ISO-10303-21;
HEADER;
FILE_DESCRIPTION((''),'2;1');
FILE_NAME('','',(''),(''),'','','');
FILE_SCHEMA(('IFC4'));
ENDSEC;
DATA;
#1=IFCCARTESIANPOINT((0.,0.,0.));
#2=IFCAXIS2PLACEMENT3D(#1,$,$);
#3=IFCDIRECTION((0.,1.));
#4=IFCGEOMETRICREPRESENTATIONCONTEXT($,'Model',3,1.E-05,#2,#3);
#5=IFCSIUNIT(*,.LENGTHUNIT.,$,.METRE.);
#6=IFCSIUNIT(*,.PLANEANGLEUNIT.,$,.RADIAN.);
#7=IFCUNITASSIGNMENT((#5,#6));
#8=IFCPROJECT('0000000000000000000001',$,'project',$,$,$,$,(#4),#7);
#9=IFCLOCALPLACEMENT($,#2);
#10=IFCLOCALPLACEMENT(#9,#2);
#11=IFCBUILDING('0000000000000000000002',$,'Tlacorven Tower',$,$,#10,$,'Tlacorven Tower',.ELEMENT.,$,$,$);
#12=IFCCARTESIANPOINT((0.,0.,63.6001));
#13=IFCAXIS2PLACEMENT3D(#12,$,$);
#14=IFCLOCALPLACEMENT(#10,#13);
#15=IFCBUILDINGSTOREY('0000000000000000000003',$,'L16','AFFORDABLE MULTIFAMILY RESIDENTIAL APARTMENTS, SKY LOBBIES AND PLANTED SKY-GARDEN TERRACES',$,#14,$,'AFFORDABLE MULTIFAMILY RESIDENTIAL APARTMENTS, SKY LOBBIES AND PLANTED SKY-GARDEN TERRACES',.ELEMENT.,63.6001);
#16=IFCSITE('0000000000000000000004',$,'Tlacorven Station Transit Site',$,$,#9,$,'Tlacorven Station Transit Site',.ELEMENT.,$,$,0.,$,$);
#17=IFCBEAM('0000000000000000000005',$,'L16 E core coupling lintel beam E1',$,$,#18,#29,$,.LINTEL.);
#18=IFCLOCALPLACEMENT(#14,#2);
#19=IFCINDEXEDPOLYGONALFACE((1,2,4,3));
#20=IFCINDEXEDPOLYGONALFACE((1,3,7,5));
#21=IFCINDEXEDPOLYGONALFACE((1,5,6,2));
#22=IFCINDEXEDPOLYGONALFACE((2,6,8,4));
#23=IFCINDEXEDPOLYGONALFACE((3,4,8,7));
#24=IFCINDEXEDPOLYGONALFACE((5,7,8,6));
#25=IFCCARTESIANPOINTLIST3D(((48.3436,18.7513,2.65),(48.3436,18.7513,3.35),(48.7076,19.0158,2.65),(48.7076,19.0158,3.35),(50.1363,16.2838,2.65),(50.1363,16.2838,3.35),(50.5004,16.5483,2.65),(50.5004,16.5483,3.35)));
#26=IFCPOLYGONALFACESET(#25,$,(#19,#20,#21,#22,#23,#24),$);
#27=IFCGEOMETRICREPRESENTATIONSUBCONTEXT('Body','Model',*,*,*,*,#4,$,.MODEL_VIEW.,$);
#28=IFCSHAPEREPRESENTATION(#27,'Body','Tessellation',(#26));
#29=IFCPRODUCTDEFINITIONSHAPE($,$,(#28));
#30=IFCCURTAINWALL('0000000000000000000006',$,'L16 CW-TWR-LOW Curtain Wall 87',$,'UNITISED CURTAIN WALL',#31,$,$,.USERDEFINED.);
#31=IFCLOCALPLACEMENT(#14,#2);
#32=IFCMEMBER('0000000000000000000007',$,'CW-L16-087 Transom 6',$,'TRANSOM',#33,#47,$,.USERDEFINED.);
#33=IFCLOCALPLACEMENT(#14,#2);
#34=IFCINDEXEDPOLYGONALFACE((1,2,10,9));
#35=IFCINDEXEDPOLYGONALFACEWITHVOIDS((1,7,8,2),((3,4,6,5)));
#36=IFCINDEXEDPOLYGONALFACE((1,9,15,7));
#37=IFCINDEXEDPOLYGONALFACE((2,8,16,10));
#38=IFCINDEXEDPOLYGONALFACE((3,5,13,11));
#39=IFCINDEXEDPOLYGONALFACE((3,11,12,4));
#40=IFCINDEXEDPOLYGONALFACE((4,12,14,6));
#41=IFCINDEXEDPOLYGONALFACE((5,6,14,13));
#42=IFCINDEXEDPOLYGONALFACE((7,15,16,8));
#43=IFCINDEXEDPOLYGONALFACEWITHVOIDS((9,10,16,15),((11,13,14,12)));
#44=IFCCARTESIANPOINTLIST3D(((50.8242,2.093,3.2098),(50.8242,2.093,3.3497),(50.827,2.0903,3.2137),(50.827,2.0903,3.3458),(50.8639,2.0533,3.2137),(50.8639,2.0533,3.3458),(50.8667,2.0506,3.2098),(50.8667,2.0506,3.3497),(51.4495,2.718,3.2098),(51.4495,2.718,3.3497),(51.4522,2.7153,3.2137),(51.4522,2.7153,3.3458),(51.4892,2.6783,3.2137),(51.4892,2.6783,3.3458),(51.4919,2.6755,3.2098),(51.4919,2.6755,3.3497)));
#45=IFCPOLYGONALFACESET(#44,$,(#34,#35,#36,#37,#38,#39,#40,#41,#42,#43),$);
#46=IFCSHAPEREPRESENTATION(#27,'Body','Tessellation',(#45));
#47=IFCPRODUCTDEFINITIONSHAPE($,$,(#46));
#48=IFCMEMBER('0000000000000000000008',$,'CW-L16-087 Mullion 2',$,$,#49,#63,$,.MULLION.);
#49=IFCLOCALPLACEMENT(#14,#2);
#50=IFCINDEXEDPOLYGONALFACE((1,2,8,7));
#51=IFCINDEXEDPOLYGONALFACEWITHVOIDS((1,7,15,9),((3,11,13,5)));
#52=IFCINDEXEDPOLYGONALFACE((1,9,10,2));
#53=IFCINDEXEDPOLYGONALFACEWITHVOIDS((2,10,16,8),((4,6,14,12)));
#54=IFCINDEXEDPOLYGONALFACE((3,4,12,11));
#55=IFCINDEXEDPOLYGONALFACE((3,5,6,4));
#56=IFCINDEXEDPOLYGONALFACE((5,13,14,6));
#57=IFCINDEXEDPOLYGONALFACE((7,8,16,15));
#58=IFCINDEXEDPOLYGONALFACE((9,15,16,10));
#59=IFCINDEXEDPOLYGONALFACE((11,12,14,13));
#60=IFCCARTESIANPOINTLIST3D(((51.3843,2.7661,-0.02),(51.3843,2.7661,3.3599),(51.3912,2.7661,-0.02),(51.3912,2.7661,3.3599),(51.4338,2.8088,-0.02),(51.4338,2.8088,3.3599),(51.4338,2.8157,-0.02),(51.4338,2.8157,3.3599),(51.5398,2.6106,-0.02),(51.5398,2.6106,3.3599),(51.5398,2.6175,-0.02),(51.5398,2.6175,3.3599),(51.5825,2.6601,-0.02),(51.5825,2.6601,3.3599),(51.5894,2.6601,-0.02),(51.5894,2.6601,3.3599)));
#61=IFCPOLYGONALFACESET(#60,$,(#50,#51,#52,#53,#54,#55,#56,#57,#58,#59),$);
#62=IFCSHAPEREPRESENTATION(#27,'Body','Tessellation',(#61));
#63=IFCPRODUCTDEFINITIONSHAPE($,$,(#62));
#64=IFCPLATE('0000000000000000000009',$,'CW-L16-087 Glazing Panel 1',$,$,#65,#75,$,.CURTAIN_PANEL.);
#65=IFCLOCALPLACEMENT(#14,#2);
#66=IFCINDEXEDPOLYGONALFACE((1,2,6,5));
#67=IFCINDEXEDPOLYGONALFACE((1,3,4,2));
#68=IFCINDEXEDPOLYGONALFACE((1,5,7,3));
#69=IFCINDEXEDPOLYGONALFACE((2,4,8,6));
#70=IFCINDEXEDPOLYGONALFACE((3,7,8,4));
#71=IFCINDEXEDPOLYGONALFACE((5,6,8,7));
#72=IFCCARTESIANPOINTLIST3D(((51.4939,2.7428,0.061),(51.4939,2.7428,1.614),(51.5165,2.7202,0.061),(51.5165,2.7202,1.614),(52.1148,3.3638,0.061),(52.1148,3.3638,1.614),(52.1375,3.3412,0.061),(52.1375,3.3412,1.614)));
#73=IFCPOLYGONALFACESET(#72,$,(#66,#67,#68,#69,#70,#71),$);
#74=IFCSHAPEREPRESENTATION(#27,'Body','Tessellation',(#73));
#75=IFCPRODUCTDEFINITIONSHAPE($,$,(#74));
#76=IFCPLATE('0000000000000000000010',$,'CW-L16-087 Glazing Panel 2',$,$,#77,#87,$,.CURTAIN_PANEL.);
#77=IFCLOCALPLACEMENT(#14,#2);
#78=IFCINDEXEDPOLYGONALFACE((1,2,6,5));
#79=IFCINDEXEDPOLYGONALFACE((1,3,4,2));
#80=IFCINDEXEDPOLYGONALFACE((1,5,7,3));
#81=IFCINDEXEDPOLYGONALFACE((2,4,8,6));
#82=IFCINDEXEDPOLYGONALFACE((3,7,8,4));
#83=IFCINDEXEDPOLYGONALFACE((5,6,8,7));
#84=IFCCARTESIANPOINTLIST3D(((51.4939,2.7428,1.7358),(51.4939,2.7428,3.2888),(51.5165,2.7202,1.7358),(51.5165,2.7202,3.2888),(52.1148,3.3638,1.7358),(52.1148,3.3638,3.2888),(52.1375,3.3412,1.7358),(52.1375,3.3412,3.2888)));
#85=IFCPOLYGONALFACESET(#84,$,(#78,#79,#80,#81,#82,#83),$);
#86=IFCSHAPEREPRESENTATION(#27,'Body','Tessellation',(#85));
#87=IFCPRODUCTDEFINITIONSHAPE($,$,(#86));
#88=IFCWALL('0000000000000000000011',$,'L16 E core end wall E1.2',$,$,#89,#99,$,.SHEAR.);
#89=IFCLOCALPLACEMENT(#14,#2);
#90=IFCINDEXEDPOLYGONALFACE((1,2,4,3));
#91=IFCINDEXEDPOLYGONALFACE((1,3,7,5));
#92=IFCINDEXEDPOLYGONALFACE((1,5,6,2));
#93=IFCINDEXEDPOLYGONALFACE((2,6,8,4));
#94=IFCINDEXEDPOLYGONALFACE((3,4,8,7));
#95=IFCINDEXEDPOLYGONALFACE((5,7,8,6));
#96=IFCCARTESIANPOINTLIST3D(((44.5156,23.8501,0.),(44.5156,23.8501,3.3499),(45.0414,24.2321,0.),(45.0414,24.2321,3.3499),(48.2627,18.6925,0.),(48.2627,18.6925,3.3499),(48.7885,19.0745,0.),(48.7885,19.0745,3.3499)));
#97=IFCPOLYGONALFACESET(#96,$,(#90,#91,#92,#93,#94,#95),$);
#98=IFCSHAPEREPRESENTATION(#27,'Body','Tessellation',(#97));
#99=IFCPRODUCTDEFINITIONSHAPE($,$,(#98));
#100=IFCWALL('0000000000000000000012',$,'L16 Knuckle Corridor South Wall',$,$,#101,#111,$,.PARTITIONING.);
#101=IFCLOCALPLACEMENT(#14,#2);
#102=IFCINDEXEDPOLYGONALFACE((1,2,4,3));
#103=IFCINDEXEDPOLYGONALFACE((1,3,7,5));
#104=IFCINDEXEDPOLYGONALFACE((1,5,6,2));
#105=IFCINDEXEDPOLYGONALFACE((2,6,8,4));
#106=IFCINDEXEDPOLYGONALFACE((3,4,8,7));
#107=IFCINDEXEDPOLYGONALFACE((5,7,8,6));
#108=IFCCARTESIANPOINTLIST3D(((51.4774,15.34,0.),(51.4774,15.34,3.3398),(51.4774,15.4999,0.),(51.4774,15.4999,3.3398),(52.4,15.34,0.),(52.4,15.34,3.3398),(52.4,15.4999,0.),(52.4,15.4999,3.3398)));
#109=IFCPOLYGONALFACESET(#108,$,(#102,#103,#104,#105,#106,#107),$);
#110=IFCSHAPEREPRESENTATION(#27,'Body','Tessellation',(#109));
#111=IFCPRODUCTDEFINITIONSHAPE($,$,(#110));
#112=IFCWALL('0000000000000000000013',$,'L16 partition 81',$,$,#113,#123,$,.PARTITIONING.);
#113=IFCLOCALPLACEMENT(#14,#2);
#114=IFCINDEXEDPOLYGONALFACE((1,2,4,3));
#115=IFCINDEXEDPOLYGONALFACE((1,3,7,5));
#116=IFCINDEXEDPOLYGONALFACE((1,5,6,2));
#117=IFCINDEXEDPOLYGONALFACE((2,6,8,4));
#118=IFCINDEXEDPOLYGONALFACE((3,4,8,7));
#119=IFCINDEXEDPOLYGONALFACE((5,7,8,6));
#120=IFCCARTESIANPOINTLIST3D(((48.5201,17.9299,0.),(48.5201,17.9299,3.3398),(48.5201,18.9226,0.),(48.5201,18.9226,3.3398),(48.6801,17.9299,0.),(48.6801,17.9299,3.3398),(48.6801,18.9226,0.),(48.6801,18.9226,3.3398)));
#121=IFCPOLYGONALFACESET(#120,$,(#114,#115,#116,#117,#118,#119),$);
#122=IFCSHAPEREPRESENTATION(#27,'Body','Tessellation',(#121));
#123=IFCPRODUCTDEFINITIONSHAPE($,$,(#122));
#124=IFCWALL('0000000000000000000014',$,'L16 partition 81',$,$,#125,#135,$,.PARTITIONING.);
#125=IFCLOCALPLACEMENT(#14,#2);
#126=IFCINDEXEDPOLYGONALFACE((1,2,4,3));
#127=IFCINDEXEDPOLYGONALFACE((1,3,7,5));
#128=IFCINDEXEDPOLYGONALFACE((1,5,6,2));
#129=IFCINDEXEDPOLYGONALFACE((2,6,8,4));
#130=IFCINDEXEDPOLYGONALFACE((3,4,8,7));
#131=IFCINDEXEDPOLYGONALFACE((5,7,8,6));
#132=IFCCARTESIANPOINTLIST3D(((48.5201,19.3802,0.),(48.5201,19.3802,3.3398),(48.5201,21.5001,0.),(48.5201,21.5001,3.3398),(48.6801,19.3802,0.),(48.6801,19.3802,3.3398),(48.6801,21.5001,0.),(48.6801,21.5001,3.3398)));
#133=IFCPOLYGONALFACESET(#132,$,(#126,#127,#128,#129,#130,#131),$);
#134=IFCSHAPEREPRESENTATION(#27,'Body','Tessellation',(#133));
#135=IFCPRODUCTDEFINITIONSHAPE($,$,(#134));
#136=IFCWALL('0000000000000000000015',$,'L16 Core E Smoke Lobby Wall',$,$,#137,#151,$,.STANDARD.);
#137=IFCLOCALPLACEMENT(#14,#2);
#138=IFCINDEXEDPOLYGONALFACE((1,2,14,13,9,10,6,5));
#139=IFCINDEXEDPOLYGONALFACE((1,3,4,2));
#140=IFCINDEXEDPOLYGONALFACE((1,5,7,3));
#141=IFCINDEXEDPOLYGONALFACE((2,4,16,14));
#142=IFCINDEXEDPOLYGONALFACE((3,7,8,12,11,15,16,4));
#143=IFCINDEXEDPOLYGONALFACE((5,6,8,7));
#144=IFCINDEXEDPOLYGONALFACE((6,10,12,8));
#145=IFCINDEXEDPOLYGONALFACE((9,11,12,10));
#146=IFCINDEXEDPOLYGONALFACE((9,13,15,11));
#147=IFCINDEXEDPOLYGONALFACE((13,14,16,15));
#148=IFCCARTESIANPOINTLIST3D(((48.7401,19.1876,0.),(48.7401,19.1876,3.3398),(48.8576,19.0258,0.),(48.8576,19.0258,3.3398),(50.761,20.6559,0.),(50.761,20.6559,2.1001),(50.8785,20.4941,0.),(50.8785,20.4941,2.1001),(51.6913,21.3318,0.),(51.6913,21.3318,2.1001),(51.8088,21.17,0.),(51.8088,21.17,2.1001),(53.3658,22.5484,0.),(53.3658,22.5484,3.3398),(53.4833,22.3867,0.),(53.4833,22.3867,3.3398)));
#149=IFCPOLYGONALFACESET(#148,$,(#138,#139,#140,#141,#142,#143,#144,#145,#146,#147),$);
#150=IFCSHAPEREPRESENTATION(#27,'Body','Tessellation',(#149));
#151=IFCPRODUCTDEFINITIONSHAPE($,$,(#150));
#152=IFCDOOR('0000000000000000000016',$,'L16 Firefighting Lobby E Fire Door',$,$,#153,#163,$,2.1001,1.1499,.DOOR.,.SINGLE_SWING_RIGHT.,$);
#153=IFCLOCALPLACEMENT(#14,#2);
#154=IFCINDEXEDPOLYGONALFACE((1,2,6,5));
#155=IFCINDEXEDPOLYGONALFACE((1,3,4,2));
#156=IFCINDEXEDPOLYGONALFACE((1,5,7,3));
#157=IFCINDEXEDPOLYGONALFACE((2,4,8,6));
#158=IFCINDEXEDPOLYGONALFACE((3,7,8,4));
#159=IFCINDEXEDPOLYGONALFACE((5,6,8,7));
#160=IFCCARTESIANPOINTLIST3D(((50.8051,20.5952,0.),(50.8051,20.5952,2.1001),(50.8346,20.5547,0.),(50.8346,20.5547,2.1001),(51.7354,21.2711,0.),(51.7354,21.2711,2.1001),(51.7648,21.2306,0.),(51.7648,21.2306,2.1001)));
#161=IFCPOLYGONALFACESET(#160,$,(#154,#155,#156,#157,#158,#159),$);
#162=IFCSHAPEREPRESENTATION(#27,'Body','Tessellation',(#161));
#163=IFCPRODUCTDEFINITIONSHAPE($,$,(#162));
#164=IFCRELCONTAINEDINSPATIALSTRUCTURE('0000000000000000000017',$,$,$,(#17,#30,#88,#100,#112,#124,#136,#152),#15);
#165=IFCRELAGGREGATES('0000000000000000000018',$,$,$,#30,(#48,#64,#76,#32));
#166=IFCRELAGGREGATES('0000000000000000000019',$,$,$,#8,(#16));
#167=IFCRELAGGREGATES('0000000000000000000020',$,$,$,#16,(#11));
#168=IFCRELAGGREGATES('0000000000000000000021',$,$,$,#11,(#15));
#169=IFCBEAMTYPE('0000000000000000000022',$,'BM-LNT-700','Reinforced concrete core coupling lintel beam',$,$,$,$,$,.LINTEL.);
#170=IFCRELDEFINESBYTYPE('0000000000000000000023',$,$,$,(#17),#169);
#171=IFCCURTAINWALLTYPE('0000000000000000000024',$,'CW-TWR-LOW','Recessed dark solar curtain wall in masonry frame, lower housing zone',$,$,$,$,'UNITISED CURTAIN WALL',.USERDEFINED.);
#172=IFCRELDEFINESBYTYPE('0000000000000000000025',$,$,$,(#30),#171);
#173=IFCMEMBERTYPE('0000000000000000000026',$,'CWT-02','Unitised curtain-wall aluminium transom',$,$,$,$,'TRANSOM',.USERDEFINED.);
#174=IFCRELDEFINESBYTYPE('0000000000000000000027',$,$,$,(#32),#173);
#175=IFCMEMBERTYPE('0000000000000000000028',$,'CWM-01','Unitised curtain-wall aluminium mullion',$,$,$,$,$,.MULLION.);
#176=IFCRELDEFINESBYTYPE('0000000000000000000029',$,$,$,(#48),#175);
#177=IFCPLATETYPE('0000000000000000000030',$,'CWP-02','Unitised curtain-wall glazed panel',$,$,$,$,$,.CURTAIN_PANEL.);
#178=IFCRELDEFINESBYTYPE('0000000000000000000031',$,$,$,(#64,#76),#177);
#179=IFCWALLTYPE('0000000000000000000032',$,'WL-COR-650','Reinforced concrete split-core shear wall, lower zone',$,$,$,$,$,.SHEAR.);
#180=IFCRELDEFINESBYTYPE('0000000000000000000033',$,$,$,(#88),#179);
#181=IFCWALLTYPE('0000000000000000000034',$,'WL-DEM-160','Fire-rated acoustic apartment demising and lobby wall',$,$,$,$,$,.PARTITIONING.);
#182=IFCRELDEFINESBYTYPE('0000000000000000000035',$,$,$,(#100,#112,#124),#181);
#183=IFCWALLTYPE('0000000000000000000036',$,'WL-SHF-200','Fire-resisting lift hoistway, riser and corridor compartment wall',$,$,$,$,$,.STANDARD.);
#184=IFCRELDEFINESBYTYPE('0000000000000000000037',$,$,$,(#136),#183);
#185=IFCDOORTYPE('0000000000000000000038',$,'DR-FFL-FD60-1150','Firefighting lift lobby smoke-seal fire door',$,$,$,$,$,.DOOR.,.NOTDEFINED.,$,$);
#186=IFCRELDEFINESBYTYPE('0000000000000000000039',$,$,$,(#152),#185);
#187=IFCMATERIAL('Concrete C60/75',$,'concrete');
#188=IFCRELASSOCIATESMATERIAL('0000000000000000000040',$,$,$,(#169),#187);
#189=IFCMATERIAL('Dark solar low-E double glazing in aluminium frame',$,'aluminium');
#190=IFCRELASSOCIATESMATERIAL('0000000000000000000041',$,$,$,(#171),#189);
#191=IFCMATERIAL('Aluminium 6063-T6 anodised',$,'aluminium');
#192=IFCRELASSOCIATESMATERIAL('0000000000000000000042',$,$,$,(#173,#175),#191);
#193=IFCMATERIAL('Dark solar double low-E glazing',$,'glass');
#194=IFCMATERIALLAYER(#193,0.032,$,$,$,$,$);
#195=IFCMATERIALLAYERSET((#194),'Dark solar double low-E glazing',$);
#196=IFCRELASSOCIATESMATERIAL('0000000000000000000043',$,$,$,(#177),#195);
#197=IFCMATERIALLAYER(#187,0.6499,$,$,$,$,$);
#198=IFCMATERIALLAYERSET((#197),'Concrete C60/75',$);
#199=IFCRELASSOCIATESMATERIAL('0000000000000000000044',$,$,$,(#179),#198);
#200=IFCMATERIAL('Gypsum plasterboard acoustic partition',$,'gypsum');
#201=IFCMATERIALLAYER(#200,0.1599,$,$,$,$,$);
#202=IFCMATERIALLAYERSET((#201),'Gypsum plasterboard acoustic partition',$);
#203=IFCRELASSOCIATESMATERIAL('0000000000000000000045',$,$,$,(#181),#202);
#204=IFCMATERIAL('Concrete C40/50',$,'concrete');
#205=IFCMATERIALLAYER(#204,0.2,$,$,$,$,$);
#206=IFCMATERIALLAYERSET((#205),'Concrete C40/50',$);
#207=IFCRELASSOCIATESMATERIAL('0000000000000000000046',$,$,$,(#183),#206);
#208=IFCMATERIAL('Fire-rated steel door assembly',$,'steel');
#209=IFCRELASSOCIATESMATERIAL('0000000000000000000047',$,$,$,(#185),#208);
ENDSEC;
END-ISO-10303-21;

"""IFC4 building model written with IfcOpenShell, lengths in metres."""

from ifc_helpers import new_model, si_unit, direction, frame, frame_2d, origin, origin_2d, place, context, subcontext, project, spatial, rectangle, hollow_rectangle, extrude, source, transform, mapped, material, layer, layer_set, material_profile, profile_set, type_object, element, fill, aggregate, save


model = new_model("IFC4")

# Units and contexts
model_context = context("Model", 3, precision=1e-05, world=origin(), true_north=direction((0.0, 1.0)))
body_context = subcontext(model_context, "Body", "Model", "MODEL_VIEW")
ifc_project = project(units=[si_unit("LENGTHUNIT", "METRE"), si_unit("PLANEANGLEUNIT", "RADIAN")], contexts=[model_context])

# Site, building, storey
site_placement = place(None, origin())
site = spatial("IfcSite", under=ifc_project, at=site_placement, Name="Tlacorven Station Transit Site", LongName="Tlacorven Station Transit Site", CompositionType="ELEMENT", RefElevation=0.0)
building_placement = place(site_placement, origin())
building = spatial("IfcBuilding", under=site, at=building_placement, Name="Tlacorven Tower", LongName="Tlacorven Tower", CompositionType="ELEMENT")
storey_placement = place(building_placement, frame((0.0, 0.0, 63.6001)))
storey = spatial("IfcBuildingStorey", under=building, at=storey_placement, Name="L16", Description="AFFORDABLE MULTIFAMILY RESIDENTIAL APARTMENTS, SKY LOBBIES AND PLANTED SKY-GARDEN TERRACES", LongName="AFFORDABLE MULTIFAMILY RESIDENTIAL APARTMENTS, SKY LOBBIES AND PLANTED SKY-GARDEN TERRACES", CompositionType="ELEMENT", Elevation=63.6001)

# Beam
ifc_material_1 = material(Name="Concrete C60/75", Category="concrete")
ifc_material_profile_1 = material_profile(ifc_material_1, rectangle(XDim=0.45, YDim=0.7, at=origin_2d()), Name="RC 450X700")
ifc_profile_set_1 = profile_set([ifc_material_profile_1], Name="Concrete C60/75")
beam_type = type_object("IfcBeamType", Name="BM-LNT-700", Description="Reinforced concrete core coupling lintel beam", PredefinedType="LINTEL", material=ifc_profile_set_1)
shared_shape_1 = source(origin(), body_context, "Body", "SweptSolid", [
    extrude(rectangle(XDim=0.45, YDim=0.7, at=origin_2d()), origin(), (0.0, 0.0, 1.0), 3.05),
])
beam_placement = place(storey_placement, frame((50.3184, 16.416, 3.0), z_axis=(-0.587777, 0.809023, 0.0), x_axis=(-0.809023, -0.587777, 0.0)))
element("IfcBeam", 1, at=beam_placement, inside=storey, type_object=beam_type, Name="L16 E core coupling lintel beam E1", PredefinedType="LINTEL", context=body_context, shape_type="MappedRepresentation", body=[
    mapped(shared_shape_1, transform((0.0, 0.0, 0.0), scale=1.0)),
])

# Curtain wall, members, plates
ifc_material_2 = material(Name="Dark solar low-E double glazing in aluminium frame", Category="aluminium")
curtain_wall_type = type_object("IfcCurtainWallType", Name="CW-TWR-LOW", Description="Recessed dark solar curtain wall in masonry frame, lower housing zone", ElementType="UNITISED CURTAIN WALL", PredefinedType="USERDEFINED", material=ifc_material_2)
curtain_wall_placement = place(storey_placement, origin())
curtain_wall = element("IfcCurtainWall", 2, at=curtain_wall_placement, inside=storey, type_object=curtain_wall_type, Name="L16 CW-TWR-LOW Curtain Wall 87", ObjectType="UNITISED CURTAIN WALL", PredefinedType="USERDEFINED")
ifc_material_3 = material(Name="Aluminium 6063-T6 anodised", Category="aluminium")
ifc_material_profile_2 = material_profile(ifc_material_3, hollow_rectangle(XDim=0.0601, YDim=0.1399, WallThickness=0.0039, at=origin_2d()), Name="ALU TRANSOM 60X140")
ifc_profile_set_2 = profile_set([ifc_material_profile_2], Name="Aluminium 6063-T6 anodised")
member_type_1 = type_object("IfcMemberType", Name="CWT-02", Description="Unitised curtain-wall aluminium transom", ElementType="TRANSOM", PredefinedType="USERDEFINED", material=ifc_profile_set_2)
shared_shape_2 = source(origin(), body_context, "Body", "SweptSolid", [
    extrude(hollow_rectangle(XDim=0.0601, YDim=0.1399, WallThickness=0.0039, at=origin_2d()), origin(), (0.0, 0.0, 1.0), 0.884),
])
member_1_placement = place(storey_placement, frame((51.4707, 2.6968, 3.2798), z_axis=(-0.707245, -0.706969, 0.0), x_axis=(0.706969, -0.707245, 0.0)))
member_1 = element("IfcMember", 3, at=member_1_placement, type_object=member_type_1, Name="CW-L16-087 Transom 6", ObjectType="TRANSOM", PredefinedType="USERDEFINED", context=body_context, shape_type="MappedRepresentation", body=[
    mapped(shared_shape_2, transform((0.0, 0.0, 0.0), scale=1.0)),
])
ifc_material_profile_3 = material_profile(ifc_material_3, hollow_rectangle(XDim=0.0701, YDim=0.22, WallThickness=0.0049, at=origin_2d()), Name="ALU MULLION 70X220")
ifc_profile_set_3 = profile_set([ifc_material_profile_3], Name="Aluminium 6063-T6 anodised")
member_type_2 = type_object("IfcMemberType", Name="CWM-01", Description="Unitised curtain-wall aluminium mullion", PredefinedType="MULLION", material=ifc_profile_set_3)
shared_shape_3 = source(origin(), body_context, "Body", "SweptSolid", [
    extrude(hollow_rectangle(XDim=0.0701, YDim=0.22, WallThickness=0.0049, at=origin_2d()), origin(), (0.0, 0.0, 1.0), 3.3799),
])
member_2_placement = place(storey_placement, frame((51.4868, 2.7131, -0.02), z_axis=(0.0, 0.0, 1.0), x_axis=(-0.707107, -0.707107, 0.0)))
member_2 = element("IfcMember", 4, at=member_2_placement, type_object=member_type_2, Name="CW-L16-087 Mullion 2", PredefinedType="MULLION", context=body_context, shape_type="MappedRepresentation", body=[
    mapped(shared_shape_3, transform((0.0, 0.0, 0.0), scale=1.0)),
])
ifc_material_4 = material(Name="Dark solar double low-E glazing", Category="glass")
ifc_layer_1 = layer(ifc_material_4, 0.032)
ifc_layer_set_1 = layer_set([ifc_layer_1], Name="Dark solar double low-E glazing")
plate_type = type_object("IfcPlateType", Name="CWP-02", Description="Unitised curtain-wall glazed panel", PredefinedType="CURTAIN_PANEL", material=ifc_layer_set_1)
shared_shape_4 = source(origin(), body_context, "Body", "SweptSolid", [
    extrude(rectangle(XDim=0.8782, YDim=0.032, at=origin_2d()), origin(), (0.0, 0.0, 1.0), 1.553),
])
plate_1_placement = place(storey_placement, frame((51.8157, 3.042, 0.061), z_axis=(0.0, 0.0, 1.0), x_axis=(-0.707107, -0.707107, 0.0)))
plate_1 = element("IfcPlate", 5, at=plate_1_placement, type_object=plate_type, Name="CW-L16-087 Glazing Panel 1", PredefinedType="CURTAIN_PANEL", context=body_context, shape_type="MappedRepresentation", body=[
    mapped(shared_shape_4, transform((0.0, 0.0, 0.0), scale=1.0)),
])
plate_2_placement = place(storey_placement, frame((51.8157, 3.042, 1.7358), z_axis=(0.0, 0.0, 1.0), x_axis=(-0.707107, -0.707107, 0.0)))
plate_2 = element("IfcPlate", 6, at=plate_2_placement, type_object=plate_type, Name="CW-L16-087 Glazing Panel 2", PredefinedType="CURTAIN_PANEL", context=body_context, shape_type="MappedRepresentation", body=[
    mapped(shared_shape_4, transform((0.0, 0.0, 0.0), scale=1.0)),
])
aggregate(curtain_wall, [member_2, plate_1, plate_2, member_1])

# Walls
ifc_layer_2 = layer(ifc_material_1, 0.6499)
ifc_layer_set_2 = layer_set([ifc_layer_2], Name="Concrete C60/75")
wall_type_1 = type_object("IfcWallType", Name="WL-COR-650", Description="Reinforced concrete split-core shear wall, lower zone", PredefinedType="SHEAR", material=ifc_layer_set_2)
wall_1_placement = place(storey_placement, frame((48.5256, 18.8835, 0.0), z_axis=(0.0, 0.0, 1.0), x_axis=(-0.58778, 0.809021, 0.0)))
element("IfcWall", 7, at=wall_1_placement, inside=storey, type_object=wall_type_1, Name="L16 E core end wall E1.2", PredefinedType="SHEAR", context=body_context, shape_type="SweptSolid", body=[
    extrude(rectangle(XDim=6.375, YDim=0.6499, at=frame_2d((3.1875, 0.0))), origin(), (0.0, 0.0, 1.0), 3.3499),
])
ifc_material_5 = material(Name="Gypsum plasterboard acoustic partition", Category="gypsum")
ifc_layer_3 = layer(ifc_material_5, 0.1599)
ifc_layer_set_3 = layer_set([ifc_layer_3], Name="Gypsum plasterboard acoustic partition")
wall_type_2 = type_object("IfcWallType", Name="WL-DEM-160", Description="Fire-rated acoustic apartment demising and lobby wall", PredefinedType="PARTITIONING", material=ifc_layer_set_3)
wall_2_placement = place(storey_placement, frame((51.4773, 15.4199, 0.0), z_axis=(0.0, 0.0, 1.0), x_axis=(1.0, 0.0, 0.0)))
element("IfcWall", 8, at=wall_2_placement, inside=storey, type_object=wall_type_2, Name="L16 Knuckle Corridor South Wall", PredefinedType="PARTITIONING", context=body_context, shape_type="SweptSolid", body=[
    extrude(rectangle(XDim=0.9226, YDim=0.1599, at=frame_2d((0.4614, 0.0))), origin(), (0.0, 0.0, 1.0), 3.3398),
])
wall_3_placement = place(storey_placement, frame((48.6001, 17.9299, 0.0), z_axis=(0.0, 0.0, 1.0), x_axis=(0.0, 1.0, 0.0)))
element("IfcWall", 9, at=wall_3_placement, inside=storey, type_object=wall_type_2, Name="L16 partition 81", PredefinedType="PARTITIONING", context=body_context, shape_type="SweptSolid", body=[
    extrude(rectangle(XDim=0.9927, YDim=0.1599, at=frame_2d((0.4963, 0.0))), origin(), (0.0, 0.0, 1.0), 3.3398),
])
wall_4_placement = place(storey_placement, frame((48.6001, 19.3801, 0.0), z_axis=(0.0, 0.0, 1.0), x_axis=(0.0, 1.0, 0.0)))
element("IfcWall", 10, at=wall_4_placement, inside=storey, type_object=wall_type_2, Name="L16 partition 81", PredefinedType="PARTITIONING", context=body_context, shape_type="SweptSolid", body=[
    extrude(rectangle(XDim=2.1199, YDim=0.1599, at=frame_2d((1.0601, 0.0))), origin(), (0.0, 0.0, 1.0), 3.3398),
])

# Wall, opening, door
ifc_material_6 = material(Name="Concrete C40/50", Category="concrete")
ifc_layer_4 = layer(ifc_material_6, 0.2)
ifc_layer_set_4 = layer_set([ifc_layer_4], Name="Concrete C40/50")
wall_type_3 = type_object("IfcWallType", Name="WL-SHF-200", Description="Fire-resisting lift hoistway, riser and corridor compartment wall", PredefinedType="STANDARD", material=ifc_layer_set_4)
wall_5_placement = place(storey_placement, frame((48.7988, 19.1067, 0.0), z_axis=(0.0, 0.0, 1.0), x_axis=(0.809013, 0.587791, 0.0)))
wall_5 = element("IfcWall", 11, at=wall_5_placement, inside=storey, type_object=wall_type_3, Name="L16 Core E Smoke Lobby Wall", PredefinedType="STANDARD", context=body_context, shape_type="SweptSolid", body=[
    extrude(rectangle(XDim=5.7178, YDim=0.2, at=frame_2d((2.8589, 0.0))), origin(), (0.0, 0.0, 1.0), 3.3398),
])
opening_1_placement = place(wall_5_placement, frame((2.498, 0.0, 0.0)))
opening_1 = element("IfcOpeningElement", 12, at=opening_1_placement, cuts=wall_5, PredefinedType="OPENING", context=body_context, shape_type="SweptSolid", body=[
    extrude(rectangle(XDim=1.1499, YDim=2.1001, at=frame_2d((0.575, 1.05))), frame((0.0, 0.1099, 0.0), z_axis=(0.0, -1.0, 0.0), x_axis=(1.0, 0.0, 0.0)), (0.0, 0.0, 1.0), 0.22),
])
ifc_material_7 = material(Name="Fire-rated steel door assembly", Category="steel")
door_type_1 = type_object("IfcDoorType", Name="DR-FFL-FD60-1150", Description="Firefighting lift lobby smoke-seal fire door", OperationType="NOTDEFINED", PredefinedType="DOOR", material=ifc_material_7)
shared_shape_5 = source(origin(), body_context, "Body", "SweptSolid", [
    extrude(rectangle(XDim=1.1499, YDim=2.1001, at=frame_2d((0.575, 1.05))), frame((0.0, 0.0249, 0.0), z_axis=(0.0, -1.0, 0.0), x_axis=(1.0, 0.0, 0.0)), (0.0, 0.0, 1.0), 0.05),
])
door_1_placement = place(opening_1_placement, origin())
door_1 = element("IfcDoor", 13, at=door_1_placement, inside=storey, type_object=door_type_1, Name="L16 Firefighting Lobby E Fire Door", OperationType="SINGLE_SWING_RIGHT", OverallHeight=2.1001, OverallWidth=1.1499, PredefinedType="DOOR", context=body_context, shape_type="MappedRepresentation", body=[
    mapped(shared_shape_5, transform((0.0, 0.0, 0.0), scale=1.0)),
])
fill(opening_1, door_1)

save(model, "model.ifc")
